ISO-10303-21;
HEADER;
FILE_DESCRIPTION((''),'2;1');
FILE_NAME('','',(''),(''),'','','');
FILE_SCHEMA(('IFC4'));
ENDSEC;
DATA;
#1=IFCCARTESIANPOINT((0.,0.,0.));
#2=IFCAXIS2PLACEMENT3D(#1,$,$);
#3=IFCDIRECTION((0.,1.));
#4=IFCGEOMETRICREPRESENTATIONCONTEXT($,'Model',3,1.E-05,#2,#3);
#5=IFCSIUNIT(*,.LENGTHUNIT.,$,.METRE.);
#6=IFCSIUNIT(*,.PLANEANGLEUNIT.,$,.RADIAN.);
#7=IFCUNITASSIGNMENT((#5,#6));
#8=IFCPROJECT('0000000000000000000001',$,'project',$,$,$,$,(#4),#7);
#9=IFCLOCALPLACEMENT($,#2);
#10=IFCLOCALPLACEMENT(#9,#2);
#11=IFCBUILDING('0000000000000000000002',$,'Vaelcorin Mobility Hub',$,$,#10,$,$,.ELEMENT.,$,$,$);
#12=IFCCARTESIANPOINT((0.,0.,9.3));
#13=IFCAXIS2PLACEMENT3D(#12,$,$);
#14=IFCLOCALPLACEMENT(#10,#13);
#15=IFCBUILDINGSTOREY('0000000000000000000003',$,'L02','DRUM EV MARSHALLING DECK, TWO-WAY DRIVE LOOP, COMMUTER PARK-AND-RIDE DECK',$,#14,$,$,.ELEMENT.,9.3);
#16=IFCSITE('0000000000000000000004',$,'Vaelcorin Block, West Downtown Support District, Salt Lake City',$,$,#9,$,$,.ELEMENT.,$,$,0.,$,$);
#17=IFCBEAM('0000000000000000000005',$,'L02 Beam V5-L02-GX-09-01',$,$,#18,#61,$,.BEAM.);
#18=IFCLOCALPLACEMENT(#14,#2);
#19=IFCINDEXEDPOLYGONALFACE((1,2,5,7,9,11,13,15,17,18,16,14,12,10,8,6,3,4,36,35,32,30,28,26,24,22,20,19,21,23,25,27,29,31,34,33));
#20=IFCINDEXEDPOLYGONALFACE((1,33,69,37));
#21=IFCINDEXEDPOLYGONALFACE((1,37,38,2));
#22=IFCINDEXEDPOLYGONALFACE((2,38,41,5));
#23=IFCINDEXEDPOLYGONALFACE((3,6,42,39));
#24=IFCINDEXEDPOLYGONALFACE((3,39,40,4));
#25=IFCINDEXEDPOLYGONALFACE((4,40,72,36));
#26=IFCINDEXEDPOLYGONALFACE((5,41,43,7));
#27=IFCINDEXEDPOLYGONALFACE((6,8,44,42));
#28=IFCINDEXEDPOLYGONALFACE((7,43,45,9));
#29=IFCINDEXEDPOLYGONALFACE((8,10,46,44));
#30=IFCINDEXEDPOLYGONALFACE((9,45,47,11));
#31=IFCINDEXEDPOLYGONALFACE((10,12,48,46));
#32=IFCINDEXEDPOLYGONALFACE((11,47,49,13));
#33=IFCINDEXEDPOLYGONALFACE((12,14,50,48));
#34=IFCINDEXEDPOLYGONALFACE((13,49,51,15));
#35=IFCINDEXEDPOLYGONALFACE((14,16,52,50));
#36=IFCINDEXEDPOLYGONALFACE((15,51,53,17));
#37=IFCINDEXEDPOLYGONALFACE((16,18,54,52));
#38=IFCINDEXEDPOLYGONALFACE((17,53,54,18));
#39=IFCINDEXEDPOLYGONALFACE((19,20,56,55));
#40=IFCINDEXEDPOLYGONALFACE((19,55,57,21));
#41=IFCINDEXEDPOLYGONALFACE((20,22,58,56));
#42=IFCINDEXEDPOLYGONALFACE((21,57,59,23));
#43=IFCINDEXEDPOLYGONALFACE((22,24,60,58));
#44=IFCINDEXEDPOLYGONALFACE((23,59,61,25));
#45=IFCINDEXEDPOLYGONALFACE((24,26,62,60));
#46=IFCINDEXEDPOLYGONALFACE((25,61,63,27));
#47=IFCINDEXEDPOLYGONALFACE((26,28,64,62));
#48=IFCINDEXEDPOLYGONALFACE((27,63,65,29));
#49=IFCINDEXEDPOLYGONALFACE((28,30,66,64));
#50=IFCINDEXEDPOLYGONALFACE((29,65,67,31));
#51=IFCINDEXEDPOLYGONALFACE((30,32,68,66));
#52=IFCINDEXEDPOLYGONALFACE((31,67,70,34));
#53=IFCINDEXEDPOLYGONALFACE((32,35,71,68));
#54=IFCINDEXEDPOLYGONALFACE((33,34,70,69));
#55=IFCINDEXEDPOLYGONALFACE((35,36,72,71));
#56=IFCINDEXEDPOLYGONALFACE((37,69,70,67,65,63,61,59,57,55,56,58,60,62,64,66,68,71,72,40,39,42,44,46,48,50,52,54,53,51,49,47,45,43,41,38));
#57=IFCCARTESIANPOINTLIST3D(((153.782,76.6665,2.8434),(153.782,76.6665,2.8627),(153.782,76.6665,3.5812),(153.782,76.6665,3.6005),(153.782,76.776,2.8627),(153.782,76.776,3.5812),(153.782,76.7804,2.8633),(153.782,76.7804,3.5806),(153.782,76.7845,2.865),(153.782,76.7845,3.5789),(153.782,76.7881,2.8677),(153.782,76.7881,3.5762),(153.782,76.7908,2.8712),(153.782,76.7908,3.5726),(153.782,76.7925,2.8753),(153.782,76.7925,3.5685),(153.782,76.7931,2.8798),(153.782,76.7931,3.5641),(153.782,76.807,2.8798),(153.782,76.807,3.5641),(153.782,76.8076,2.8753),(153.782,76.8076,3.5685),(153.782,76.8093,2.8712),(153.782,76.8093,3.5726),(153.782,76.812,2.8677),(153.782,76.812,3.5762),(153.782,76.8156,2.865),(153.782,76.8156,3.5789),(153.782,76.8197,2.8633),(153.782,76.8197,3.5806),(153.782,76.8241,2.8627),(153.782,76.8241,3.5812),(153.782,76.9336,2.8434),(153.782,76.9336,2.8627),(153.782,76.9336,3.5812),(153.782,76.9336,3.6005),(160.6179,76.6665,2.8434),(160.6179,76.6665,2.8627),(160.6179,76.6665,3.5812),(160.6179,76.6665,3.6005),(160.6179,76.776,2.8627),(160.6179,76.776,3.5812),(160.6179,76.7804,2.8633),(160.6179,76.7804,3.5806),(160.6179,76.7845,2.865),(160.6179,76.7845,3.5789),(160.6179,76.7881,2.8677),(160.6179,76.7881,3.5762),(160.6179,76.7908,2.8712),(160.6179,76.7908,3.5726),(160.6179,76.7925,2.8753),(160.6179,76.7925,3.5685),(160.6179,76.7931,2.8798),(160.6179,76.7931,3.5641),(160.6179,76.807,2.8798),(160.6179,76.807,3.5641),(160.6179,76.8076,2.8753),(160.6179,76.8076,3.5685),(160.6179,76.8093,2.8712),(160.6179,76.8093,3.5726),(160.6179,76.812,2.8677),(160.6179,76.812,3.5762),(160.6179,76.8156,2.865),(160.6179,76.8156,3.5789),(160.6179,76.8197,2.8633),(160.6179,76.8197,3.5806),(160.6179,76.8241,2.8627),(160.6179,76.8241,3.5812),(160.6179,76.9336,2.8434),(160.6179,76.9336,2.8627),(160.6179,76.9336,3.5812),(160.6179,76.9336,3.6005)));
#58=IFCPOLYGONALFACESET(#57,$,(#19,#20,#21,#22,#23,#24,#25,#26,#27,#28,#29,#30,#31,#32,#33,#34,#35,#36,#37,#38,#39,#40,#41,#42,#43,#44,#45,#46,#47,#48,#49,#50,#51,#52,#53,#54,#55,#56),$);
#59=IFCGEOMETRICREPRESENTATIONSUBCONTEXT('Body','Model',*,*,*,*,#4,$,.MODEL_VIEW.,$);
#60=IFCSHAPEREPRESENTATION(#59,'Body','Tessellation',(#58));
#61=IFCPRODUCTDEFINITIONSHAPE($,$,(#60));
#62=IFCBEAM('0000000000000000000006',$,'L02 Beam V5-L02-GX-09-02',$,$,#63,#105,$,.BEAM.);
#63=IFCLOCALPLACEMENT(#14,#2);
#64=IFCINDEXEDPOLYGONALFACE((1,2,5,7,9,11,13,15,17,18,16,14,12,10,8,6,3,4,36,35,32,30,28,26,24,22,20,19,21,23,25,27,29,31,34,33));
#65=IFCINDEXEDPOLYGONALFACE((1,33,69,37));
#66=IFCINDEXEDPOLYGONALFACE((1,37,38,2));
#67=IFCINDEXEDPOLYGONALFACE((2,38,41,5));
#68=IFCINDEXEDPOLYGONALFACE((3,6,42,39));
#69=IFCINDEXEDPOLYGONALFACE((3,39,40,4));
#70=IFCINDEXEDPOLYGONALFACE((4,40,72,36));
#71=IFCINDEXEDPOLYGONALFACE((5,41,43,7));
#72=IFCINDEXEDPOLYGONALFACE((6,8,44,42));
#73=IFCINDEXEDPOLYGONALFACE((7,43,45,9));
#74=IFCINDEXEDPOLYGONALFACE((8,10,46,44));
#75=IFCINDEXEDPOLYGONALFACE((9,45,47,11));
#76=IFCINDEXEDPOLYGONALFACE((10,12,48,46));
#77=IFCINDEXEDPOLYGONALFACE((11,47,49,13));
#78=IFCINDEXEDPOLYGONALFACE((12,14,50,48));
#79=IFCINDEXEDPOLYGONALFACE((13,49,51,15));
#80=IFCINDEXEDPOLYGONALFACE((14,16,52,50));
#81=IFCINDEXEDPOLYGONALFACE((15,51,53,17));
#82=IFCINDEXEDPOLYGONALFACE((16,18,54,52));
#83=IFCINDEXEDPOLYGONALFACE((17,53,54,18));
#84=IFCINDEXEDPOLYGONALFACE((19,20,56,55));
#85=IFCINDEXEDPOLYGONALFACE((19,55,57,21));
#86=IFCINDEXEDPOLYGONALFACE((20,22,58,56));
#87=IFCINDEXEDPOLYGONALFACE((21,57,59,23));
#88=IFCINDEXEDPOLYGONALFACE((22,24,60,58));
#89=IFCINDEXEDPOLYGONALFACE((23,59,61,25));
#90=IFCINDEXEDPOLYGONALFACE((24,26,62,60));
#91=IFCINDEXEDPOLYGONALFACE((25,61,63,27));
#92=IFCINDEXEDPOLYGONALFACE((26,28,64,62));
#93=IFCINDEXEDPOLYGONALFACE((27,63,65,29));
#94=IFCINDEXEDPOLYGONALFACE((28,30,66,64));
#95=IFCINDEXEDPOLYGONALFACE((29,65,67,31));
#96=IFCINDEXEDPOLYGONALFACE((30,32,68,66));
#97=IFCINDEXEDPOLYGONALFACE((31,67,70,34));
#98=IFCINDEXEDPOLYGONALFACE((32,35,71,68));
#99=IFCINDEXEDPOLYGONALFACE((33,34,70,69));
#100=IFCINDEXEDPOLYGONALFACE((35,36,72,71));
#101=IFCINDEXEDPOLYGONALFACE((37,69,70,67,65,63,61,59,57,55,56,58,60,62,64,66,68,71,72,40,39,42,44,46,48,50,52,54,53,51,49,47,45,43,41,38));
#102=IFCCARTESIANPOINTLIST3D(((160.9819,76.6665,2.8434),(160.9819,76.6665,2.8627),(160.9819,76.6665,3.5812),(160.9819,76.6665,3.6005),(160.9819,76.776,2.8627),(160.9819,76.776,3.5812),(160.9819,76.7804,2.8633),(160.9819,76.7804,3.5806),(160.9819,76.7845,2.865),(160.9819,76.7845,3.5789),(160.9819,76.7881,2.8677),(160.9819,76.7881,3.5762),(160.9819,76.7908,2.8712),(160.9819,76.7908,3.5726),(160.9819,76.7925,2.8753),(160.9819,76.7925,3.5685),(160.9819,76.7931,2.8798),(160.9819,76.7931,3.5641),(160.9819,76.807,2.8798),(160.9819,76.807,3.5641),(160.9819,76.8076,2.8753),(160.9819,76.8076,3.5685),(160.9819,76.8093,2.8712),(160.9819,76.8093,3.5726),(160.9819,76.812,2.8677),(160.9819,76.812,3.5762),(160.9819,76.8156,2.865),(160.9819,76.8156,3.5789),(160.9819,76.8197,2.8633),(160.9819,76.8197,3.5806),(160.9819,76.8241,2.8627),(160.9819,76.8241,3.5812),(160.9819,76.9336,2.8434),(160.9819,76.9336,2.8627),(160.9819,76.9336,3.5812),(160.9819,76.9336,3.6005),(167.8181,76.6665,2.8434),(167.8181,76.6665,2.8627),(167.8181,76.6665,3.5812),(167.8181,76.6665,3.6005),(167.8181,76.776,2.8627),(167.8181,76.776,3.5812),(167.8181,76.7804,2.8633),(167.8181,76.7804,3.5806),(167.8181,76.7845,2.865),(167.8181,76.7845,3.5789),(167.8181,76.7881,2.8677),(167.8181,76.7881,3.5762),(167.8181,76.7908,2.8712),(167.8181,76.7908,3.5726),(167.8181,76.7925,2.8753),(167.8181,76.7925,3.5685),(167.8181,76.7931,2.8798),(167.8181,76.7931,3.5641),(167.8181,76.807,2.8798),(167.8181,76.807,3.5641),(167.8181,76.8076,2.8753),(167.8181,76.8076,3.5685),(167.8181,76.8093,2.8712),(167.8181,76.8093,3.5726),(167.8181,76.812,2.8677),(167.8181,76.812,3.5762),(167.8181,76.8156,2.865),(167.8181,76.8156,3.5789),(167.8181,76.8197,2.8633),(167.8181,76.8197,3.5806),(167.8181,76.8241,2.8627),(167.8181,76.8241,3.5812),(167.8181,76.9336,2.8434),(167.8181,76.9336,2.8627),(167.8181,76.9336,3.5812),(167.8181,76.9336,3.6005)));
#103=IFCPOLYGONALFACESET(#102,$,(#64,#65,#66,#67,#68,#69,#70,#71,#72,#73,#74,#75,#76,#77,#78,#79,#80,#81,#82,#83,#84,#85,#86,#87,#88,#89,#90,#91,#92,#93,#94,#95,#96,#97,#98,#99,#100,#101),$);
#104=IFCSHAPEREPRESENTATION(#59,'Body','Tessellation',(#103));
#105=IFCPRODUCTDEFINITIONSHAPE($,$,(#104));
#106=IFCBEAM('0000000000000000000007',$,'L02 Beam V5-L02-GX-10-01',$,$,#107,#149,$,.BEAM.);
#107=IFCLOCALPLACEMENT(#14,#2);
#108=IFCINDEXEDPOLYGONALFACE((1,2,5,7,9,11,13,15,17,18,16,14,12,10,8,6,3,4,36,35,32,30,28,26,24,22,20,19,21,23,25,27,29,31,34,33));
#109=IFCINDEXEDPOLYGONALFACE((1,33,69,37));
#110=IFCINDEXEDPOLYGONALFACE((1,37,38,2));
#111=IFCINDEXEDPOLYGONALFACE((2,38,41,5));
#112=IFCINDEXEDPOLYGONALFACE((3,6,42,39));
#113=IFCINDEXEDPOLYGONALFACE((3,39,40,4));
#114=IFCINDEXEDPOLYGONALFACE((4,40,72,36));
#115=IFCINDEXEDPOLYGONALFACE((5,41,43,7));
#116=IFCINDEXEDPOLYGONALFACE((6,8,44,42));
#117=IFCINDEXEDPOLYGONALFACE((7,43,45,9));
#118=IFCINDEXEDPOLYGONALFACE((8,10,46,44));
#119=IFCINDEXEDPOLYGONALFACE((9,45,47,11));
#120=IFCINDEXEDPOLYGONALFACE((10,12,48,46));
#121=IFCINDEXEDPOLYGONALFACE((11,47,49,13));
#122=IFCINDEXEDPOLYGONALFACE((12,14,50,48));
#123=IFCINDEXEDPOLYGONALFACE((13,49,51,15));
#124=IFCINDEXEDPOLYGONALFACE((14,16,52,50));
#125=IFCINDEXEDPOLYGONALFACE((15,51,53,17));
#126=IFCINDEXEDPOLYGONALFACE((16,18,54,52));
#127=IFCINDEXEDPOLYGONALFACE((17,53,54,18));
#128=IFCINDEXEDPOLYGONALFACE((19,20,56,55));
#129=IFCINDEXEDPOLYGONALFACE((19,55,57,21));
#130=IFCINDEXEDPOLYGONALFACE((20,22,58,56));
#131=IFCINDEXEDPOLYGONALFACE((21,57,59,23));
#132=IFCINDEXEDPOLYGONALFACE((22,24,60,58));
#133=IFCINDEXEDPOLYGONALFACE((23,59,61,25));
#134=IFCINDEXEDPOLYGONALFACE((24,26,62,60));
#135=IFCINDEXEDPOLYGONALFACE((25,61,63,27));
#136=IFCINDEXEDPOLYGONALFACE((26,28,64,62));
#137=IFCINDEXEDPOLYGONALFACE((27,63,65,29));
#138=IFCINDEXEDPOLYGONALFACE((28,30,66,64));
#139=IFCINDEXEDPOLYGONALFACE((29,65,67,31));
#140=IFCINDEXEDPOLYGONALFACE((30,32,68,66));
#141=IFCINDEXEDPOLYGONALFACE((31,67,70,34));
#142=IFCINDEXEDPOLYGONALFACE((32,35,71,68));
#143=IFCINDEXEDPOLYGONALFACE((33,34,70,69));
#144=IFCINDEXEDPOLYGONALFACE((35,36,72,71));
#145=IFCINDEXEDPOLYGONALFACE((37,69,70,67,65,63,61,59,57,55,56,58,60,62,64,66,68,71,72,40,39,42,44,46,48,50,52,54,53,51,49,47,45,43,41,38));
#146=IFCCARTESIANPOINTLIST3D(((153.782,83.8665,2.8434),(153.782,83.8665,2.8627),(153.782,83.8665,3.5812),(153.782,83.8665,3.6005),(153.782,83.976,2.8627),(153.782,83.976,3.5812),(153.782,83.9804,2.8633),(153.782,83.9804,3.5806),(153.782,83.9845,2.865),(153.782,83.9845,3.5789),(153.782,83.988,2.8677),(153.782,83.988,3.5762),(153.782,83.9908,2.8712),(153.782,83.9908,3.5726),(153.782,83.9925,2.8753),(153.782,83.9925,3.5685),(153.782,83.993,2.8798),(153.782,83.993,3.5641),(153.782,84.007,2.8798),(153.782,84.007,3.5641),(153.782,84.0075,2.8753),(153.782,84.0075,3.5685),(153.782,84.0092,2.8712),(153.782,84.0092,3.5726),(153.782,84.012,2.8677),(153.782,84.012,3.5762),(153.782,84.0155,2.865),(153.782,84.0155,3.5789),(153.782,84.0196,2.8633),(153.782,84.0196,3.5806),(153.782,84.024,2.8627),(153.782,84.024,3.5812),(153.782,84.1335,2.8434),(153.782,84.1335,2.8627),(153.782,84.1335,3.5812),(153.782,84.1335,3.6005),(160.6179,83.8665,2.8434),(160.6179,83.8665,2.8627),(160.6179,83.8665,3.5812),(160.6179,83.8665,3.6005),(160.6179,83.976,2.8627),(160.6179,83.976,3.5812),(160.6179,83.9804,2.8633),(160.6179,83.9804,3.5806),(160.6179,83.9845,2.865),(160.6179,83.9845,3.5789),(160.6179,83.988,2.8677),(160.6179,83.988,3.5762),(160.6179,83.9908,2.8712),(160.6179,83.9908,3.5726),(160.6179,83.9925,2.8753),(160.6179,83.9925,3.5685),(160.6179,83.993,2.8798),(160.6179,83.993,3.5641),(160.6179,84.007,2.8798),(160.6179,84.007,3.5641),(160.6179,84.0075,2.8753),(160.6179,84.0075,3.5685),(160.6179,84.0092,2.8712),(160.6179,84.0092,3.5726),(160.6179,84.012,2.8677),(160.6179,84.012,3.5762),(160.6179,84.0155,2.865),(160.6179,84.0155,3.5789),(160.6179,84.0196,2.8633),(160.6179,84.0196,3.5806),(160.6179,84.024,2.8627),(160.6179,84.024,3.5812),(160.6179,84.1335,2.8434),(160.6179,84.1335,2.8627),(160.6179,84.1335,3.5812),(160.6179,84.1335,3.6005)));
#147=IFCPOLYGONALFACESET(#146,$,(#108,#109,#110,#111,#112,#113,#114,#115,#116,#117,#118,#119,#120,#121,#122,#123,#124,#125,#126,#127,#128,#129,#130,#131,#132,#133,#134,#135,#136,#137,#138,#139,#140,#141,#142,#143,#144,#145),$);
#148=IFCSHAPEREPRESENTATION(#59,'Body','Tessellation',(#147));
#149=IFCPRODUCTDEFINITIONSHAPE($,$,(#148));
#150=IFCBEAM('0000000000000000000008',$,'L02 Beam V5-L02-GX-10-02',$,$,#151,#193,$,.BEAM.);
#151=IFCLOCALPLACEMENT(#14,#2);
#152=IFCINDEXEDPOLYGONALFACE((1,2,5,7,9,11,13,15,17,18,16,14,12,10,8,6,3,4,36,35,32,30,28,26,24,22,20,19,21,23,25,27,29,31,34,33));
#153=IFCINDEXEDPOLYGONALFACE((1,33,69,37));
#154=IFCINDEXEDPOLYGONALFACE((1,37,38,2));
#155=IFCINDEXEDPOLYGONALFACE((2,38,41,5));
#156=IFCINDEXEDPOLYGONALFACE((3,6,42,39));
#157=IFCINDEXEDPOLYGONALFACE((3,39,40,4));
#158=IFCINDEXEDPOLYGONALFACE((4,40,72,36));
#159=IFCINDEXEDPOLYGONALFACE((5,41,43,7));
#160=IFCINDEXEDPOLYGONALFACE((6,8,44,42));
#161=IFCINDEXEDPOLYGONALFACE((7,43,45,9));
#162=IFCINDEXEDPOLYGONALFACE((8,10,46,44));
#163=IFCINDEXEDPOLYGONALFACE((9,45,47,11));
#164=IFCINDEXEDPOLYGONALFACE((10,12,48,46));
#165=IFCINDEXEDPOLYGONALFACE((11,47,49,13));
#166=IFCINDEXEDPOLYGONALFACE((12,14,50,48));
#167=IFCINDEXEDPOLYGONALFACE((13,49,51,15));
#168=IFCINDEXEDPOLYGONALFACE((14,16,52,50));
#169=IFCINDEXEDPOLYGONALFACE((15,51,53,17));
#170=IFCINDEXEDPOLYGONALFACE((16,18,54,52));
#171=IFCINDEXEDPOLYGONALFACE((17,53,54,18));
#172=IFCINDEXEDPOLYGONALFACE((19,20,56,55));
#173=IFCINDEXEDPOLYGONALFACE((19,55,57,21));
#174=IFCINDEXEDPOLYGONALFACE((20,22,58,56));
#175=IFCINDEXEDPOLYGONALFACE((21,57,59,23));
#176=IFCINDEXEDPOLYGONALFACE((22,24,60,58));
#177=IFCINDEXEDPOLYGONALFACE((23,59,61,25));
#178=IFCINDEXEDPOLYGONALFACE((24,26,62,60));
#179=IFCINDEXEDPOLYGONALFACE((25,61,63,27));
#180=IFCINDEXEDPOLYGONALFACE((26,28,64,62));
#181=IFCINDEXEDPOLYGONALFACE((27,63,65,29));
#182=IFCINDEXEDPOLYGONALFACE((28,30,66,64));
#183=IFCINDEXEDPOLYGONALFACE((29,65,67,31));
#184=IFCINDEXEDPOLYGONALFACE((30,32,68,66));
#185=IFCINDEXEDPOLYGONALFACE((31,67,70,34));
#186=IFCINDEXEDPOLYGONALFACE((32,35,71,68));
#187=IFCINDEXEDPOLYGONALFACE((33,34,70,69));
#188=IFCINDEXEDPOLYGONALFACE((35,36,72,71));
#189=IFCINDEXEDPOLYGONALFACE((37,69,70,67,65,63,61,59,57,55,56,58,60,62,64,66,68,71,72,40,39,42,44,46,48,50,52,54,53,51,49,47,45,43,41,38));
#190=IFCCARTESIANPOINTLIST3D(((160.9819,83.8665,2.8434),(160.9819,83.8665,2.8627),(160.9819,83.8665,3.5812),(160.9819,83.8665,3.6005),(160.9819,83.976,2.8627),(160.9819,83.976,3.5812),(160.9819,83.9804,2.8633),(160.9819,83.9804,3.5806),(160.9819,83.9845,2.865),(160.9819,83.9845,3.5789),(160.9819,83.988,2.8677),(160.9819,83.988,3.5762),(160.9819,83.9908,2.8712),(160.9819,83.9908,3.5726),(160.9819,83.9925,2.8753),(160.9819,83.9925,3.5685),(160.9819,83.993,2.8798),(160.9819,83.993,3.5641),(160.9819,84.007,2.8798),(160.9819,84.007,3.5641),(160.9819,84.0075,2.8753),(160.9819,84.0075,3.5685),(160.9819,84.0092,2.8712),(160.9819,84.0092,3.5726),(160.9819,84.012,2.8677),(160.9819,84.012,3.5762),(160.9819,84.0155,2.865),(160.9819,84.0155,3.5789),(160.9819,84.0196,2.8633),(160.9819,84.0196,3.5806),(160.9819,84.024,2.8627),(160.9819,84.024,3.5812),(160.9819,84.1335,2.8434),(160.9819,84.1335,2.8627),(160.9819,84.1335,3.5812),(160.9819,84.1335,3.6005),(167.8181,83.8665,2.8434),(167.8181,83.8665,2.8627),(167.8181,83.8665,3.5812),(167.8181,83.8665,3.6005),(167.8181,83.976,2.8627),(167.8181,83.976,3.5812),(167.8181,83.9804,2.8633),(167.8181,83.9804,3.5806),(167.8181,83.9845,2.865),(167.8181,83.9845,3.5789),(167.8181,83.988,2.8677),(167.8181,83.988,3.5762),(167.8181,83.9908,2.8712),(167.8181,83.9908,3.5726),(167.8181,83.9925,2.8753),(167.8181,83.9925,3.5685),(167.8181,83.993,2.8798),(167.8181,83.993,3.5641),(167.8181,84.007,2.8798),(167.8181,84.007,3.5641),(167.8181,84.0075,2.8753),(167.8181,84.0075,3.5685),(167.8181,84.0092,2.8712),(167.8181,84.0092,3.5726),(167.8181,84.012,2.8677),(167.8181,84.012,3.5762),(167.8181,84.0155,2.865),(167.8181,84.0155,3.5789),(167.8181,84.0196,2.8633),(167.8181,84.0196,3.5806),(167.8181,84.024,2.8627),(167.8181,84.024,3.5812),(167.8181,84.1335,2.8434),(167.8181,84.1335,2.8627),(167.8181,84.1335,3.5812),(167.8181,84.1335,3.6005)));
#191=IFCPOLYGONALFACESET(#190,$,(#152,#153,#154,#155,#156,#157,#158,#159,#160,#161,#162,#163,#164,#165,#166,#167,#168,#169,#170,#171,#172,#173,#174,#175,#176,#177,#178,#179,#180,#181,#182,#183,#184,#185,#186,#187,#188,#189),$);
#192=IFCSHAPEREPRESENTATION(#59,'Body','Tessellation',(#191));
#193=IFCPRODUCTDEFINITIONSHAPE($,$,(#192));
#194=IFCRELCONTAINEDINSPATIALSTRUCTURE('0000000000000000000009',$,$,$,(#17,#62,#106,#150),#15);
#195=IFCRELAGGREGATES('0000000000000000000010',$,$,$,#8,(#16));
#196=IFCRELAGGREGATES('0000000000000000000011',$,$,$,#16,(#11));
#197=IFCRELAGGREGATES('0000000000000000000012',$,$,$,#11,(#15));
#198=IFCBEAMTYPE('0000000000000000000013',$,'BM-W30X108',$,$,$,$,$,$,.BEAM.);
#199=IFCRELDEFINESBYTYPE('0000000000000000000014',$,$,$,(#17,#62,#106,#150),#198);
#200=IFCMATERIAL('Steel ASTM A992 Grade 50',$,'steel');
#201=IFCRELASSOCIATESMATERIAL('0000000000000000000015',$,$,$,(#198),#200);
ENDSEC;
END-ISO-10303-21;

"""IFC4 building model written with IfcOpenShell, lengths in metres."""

from ifc_helpers import new_model, si_unit, direction, frame, origin, origin_2d, place, context, subcontext, project, spatial, i_section, extrude, material, material_profile, profile_set, type_object, element, save


model = new_model("IFC4")

# Units and contexts
model_context = context("Model", 3, precision=1e-05, world=origin(), true_north=direction((0.0, 1.0)))
body_context = subcontext(model_context, "Body", "Model", "MODEL_VIEW")
ifc_project = project(units=[si_unit("LENGTHUNIT", "METRE"), si_unit("PLANEANGLEUNIT", "RADIAN")], contexts=[model_context])

# Site, building, storey
site_placement = place(None, origin())
site = spatial("IfcSite", under=ifc_project, at=site_placement, Name="Vaelcorin Block, West Downtown Support District, Salt Lake City", CompositionType="ELEMENT", RefElevation=0.0)
building_placement = place(site_placement, origin())
building = spatial("IfcBuilding", under=site, at=building_placement, Name="Vaelcorin Mobility Hub", CompositionType="ELEMENT")
storey_placement = place(building_placement, frame((0.0, 0.0, 9.3)))
storey = spatial("IfcBuildingStorey", under=building, at=storey_placement, Name="L02", Description="DRUM EV MARSHALLING DECK, TWO-WAY DRIVE LOOP, COMMUTER PARK-AND-RIDE DECK", CompositionType="ELEMENT", Elevation=9.3)

# Shared definitions
ifc_material_1 = material(Name="Steel ASTM A992 Grade 50", Category="steel")

# Beams
ifc_material_profile_1 = material_profile(ifc_material_1, i_section(OverallWidth=0.2671, OverallDepth=0.7571, WebThickness=0.0139, FlangeThickness=0.0193, FilletRadius=0.0171, at=origin_2d()), Name="W30X108")
ifc_profile_set_1 = profile_set([ifc_material_profile_1], Name="Steel ASTM A992 Grade 50")
beam_type_1 = type_object("IfcBeamType", Name="BM-W30X108", PredefinedType="BEAM", material=ifc_profile_set_1)
beam_1_placement = place(storey_placement, frame((153.782, 76.8, 3.2219), z_axis=(1.0, 0.0, 0.0), x_axis=(0.0, 1.0, 0.0)))
element("IfcBeam", 1, at=beam_1_placement, inside=storey, type_object=beam_type_1, Name="L02 Beam V5-L02-GX-09-01", PredefinedType="BEAM", context=body_context, shape_type="SweptSolid", body=[
    extrude(i_section(OverallWidth=0.2671, OverallDepth=0.7571, WebThickness=0.0139, FlangeThickness=0.0193, FilletRadius=0.0171, at=origin_2d()), origin(), (0.0, 0.0, 1.0), 6.8359),
])
beam_2_placement = place(storey_placement, frame((160.9819, 76.8, 3.2219), z_axis=(1.0, 0.0, 0.0), x_axis=(0.0, 1.0, 0.0)))
element("IfcBeam", 2, at=beam_2_placement, inside=storey, type_object=beam_type_1, Name="L02 Beam V5-L02-GX-09-02", PredefinedType="BEAM", context=body_context, shape_type="SweptSolid", body=[
    extrude(i_section(OverallWidth=0.2671, OverallDepth=0.7571, WebThickness=0.0139, FlangeThickness=0.0193, FilletRadius=0.0171, at=origin_2d()), origin(), (0.0, 0.0, 1.0), 6.8362),
])
beam_3_placement = place(storey_placement, frame((153.782, 84.0, 3.2219), z_axis=(1.0, 0.0, 0.0), x_axis=(0.0, 1.0, 0.0)))
element("IfcBeam", 3, at=beam_3_placement, inside=storey, type_object=beam_type_1, Name="L02 Beam V5-L02-GX-10-01", PredefinedType="BEAM", context=body_context, shape_type="SweptSolid", body=[
    extrude(i_section(OverallWidth=0.2671, OverallDepth=0.7571, WebThickness=0.0139, FlangeThickness=0.0193, FilletRadius=0.0171, at=origin_2d()), origin(), (0.0, 0.0, 1.0), 6.8359),
])
beam_4_placement = place(storey_placement, frame((160.9819, 84.0, 3.2219), z_axis=(1.0, 0.0, 0.0), x_axis=(0.0, 1.0, 0.0)))
element("IfcBeam", 4, at=beam_4_placement, inside=storey, type_object=beam_type_1, Name="L02 Beam V5-L02-GX-10-02", PredefinedType="BEAM", context=body_context, shape_type="SweptSolid", body=[
    extrude(i_section(OverallWidth=0.2671, OverallDepth=0.7571, WebThickness=0.0139, FlangeThickness=0.0193, FilletRadius=0.0171, at=origin_2d()), origin(), (0.0, 0.0, 1.0), 6.8362),
])

save(model, "model.ifc")
